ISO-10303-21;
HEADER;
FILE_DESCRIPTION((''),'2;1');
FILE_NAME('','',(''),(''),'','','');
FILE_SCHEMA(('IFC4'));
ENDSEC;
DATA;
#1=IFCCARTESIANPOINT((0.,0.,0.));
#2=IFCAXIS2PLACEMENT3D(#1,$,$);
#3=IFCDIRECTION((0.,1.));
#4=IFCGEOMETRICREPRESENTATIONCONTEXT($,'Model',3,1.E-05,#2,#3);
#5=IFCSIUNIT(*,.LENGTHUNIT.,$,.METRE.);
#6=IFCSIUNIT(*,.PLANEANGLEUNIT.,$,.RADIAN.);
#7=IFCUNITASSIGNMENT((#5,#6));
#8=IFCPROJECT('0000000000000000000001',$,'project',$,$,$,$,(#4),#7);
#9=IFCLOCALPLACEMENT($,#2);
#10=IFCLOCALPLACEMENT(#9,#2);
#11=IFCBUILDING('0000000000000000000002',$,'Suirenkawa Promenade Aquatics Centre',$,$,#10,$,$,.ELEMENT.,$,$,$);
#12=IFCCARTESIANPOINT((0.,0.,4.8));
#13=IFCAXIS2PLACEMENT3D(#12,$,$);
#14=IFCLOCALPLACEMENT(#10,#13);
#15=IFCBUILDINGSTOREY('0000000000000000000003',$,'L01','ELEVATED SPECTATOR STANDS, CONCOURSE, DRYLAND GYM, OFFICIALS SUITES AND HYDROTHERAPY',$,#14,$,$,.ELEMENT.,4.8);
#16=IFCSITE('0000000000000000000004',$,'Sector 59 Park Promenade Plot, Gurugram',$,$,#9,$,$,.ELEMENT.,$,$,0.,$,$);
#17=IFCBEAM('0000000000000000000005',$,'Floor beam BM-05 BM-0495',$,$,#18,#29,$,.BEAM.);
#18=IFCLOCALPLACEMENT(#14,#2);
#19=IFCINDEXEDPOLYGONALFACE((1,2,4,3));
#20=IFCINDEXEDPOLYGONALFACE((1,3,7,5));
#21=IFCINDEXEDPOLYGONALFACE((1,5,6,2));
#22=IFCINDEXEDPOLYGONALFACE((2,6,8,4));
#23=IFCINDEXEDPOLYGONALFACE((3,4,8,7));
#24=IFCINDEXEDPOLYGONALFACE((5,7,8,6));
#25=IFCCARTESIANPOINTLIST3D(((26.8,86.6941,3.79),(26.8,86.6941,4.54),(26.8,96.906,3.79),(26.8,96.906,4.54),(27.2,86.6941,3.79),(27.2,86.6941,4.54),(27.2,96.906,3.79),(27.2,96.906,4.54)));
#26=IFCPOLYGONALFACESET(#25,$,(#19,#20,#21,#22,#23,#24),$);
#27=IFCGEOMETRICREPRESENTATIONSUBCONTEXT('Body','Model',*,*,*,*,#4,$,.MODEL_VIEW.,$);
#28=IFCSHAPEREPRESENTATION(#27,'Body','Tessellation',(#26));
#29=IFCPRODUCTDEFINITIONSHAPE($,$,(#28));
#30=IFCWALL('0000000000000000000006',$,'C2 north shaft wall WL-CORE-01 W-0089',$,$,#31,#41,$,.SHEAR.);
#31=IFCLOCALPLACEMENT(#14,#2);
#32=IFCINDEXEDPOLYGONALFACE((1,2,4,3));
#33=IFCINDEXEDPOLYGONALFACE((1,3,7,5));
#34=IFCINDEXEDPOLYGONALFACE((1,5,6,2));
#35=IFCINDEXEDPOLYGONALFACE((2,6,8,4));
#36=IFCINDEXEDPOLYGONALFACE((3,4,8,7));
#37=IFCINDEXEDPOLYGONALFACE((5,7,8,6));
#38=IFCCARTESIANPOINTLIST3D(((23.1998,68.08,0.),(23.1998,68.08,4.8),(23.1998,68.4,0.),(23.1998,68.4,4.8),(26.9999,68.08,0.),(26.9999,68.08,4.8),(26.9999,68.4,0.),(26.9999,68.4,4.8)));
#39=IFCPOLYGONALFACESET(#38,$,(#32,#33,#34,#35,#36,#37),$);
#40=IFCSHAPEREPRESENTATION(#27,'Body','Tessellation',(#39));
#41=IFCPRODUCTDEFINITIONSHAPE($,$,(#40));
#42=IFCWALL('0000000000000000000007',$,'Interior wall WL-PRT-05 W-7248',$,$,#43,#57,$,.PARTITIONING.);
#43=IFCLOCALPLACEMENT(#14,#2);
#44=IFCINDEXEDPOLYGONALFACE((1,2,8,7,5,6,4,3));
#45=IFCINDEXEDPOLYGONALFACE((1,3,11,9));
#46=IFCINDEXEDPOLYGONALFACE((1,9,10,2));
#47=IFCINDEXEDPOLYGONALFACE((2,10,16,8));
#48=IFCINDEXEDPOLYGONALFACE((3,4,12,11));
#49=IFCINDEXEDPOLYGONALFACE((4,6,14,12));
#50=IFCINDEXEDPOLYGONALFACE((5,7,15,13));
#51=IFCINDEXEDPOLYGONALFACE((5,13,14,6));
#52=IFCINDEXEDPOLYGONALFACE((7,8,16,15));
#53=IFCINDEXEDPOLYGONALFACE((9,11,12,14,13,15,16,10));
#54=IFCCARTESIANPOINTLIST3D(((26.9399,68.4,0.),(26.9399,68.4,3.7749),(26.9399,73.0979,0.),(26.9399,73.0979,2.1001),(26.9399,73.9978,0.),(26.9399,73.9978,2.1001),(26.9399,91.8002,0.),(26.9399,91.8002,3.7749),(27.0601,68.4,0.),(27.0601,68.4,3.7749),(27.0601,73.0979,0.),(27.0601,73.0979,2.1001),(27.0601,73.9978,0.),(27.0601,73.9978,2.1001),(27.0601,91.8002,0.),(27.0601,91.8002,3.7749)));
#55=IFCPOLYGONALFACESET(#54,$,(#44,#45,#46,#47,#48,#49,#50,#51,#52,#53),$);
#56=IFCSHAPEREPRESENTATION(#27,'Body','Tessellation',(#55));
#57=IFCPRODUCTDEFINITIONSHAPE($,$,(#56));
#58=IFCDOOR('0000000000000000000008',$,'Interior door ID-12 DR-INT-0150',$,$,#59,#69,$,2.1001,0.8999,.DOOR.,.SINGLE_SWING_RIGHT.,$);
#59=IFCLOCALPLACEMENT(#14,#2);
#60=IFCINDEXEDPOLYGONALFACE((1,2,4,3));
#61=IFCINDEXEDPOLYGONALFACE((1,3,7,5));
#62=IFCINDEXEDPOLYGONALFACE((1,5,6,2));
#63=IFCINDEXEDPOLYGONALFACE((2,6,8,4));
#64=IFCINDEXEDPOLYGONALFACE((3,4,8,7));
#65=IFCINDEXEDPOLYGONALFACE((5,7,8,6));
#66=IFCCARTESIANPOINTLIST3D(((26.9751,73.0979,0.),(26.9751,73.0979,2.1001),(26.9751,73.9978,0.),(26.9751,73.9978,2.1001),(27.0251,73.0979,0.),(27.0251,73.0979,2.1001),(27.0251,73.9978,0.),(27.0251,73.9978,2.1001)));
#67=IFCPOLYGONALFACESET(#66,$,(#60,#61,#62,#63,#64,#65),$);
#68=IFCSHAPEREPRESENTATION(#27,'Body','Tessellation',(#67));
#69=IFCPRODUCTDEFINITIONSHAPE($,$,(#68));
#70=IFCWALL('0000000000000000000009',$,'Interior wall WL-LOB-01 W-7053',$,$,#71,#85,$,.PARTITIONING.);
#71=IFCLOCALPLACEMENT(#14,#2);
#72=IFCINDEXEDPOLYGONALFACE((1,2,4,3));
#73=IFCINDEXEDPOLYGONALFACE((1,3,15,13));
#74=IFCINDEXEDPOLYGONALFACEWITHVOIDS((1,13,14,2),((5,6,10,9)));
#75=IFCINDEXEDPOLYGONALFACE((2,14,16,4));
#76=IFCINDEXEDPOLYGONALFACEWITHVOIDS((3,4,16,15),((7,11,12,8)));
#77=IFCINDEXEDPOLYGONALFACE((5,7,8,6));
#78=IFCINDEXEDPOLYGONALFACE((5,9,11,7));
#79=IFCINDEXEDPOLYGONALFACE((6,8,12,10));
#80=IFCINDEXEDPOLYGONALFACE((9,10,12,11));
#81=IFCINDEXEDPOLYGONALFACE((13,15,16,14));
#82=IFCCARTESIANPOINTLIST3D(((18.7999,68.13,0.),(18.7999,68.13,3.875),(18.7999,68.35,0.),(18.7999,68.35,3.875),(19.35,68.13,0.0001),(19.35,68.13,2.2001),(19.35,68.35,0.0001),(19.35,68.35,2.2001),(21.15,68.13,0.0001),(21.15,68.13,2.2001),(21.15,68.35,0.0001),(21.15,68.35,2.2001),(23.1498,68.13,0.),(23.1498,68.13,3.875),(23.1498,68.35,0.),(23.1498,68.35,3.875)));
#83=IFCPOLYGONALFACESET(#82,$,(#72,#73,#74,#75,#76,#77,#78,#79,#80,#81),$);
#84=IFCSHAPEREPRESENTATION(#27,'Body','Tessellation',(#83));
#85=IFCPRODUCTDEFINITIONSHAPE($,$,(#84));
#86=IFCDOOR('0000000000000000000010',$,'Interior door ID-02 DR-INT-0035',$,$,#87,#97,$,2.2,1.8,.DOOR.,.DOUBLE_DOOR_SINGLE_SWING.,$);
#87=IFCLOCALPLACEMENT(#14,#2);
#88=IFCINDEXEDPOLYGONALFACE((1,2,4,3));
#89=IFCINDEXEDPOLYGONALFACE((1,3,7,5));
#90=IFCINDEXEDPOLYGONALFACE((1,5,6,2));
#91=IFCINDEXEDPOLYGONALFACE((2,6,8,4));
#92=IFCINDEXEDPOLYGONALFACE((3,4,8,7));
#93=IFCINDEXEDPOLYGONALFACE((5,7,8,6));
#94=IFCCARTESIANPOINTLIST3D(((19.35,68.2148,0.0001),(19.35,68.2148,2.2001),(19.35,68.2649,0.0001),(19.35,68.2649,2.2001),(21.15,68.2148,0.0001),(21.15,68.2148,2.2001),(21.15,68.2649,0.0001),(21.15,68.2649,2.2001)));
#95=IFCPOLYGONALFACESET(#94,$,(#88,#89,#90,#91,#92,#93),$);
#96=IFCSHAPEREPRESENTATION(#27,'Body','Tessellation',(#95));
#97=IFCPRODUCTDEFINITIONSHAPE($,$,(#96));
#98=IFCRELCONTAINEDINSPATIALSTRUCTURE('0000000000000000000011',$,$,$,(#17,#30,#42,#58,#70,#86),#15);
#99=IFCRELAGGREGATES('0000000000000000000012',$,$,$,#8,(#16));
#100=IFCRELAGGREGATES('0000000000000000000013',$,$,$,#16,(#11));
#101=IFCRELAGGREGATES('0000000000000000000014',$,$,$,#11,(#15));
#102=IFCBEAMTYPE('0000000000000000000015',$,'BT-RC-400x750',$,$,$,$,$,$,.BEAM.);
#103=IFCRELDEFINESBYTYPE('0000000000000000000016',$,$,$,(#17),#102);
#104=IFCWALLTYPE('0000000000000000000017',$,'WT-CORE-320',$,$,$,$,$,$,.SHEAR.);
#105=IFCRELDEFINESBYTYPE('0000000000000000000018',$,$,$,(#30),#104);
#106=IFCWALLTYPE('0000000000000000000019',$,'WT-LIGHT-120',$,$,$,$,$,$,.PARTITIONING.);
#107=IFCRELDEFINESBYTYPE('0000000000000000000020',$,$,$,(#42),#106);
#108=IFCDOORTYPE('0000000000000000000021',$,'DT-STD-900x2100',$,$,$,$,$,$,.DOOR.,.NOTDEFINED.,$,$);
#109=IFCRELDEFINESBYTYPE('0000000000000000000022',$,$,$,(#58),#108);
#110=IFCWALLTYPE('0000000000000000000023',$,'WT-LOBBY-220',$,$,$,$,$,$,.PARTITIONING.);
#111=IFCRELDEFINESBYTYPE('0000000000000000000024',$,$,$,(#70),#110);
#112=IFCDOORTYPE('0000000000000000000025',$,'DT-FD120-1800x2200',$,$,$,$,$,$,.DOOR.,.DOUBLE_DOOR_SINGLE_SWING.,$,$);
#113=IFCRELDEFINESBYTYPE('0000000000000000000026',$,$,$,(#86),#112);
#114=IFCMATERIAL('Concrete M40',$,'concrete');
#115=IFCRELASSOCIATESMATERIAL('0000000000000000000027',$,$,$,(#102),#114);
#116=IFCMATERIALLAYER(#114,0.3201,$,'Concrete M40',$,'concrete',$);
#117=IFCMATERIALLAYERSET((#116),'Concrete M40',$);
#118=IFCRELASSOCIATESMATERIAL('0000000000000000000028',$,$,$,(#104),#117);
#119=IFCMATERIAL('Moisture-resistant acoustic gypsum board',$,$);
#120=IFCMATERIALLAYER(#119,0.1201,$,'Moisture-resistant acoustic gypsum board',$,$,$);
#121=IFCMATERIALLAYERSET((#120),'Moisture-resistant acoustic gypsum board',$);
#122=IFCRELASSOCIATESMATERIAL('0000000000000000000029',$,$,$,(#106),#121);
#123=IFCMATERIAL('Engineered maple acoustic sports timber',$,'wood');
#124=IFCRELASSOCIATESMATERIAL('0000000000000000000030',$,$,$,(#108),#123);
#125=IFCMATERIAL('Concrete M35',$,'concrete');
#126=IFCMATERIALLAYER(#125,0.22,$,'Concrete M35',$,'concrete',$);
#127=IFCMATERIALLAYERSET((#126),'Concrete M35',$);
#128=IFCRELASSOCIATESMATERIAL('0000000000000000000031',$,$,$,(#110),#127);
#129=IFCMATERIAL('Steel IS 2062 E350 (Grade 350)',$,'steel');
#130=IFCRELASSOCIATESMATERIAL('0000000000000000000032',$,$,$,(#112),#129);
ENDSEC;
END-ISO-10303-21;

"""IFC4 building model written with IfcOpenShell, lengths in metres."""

from ifc_helpers import new_model, si_unit, direction, frame, frame_2d, origin, origin_2d, place, context, subcontext, project, spatial, rectangle, extrude, material, layer, layer_set, material_profile, profile_set, type_object, element, fill, save


model = new_model("IFC4")

# Units and contexts
model_context = context("Model", 3, precision=1e-05, world=origin(), true_north=direction((0.0, 1.0)))
body_context = subcontext(model_context, "Body", "Model", "MODEL_VIEW")
ifc_project = project(units=[si_unit("LENGTHUNIT", "METRE"), si_unit("PLANEANGLEUNIT", "RADIAN")], contexts=[model_context])

# Site, building, storey
site_placement = place(None, origin())
site = spatial("IfcSite", under=ifc_project, at=site_placement, Name="Sector 59 Park Promenade Plot, Gurugram", CompositionType="ELEMENT", RefElevation=0.0)
building_placement = place(site_placement, origin())
building = spatial("IfcBuilding", under=site, at=building_placement, Name="Suirenkawa Promenade Aquatics Centre", CompositionType="ELEMENT")
storey_placement = place(building_placement, frame((0.0, 0.0, 4.8)))
storey = spatial("IfcBuildingStorey", under=building, at=storey_placement, Name="L01", Description="ELEVATED SPECTATOR STANDS, CONCOURSE, DRYLAND GYM, OFFICIALS SUITES AND HYDROTHERAPY", CompositionType="ELEMENT", Elevation=4.8)

# Shared definitions
ifc_material_1 = material(Name="Concrete M40", Category="concrete")

# Beam
ifc_material_2 = material(Name="Steel IS 2062 E350 (Grade 350)", Category="steel")
ifc_material_3 = material(Name="Concrete M35", Category="concrete")
ifc_material_profile_1 = material_profile(ifc_material_1, rectangle(XDim=0.3999, YDim=0.75, at=origin_2d()), Name="RC BM 400x750", Category="concrete")
ifc_profile_set_1 = profile_set([ifc_material_profile_1], Name="Concrete M40")
beam_type_1 = type_object("IfcBeamType", Name="BT-RC-400x750", PredefinedType="BEAM", material=ifc_profile_set_1)
beam_1_placement = place(storey_placement, frame((27.0, 86.6941, 4.165), z_axis=(0.0, 1.0, 0.0), x_axis=(-1.0, 0.0, 0.0)))
element("IfcBeam", 1, at=beam_1_placement, inside=storey, type_object=beam_type_1, Name="Floor beam BM-05 BM-0495", PredefinedType="BEAM", context=body_context, shape_type="SweptSolid", body=[
    extrude(rectangle(XDim=0.3999, YDim=0.75, at=origin_2d()), origin(), (0.0, 0.0, 1.0), 10.2119),
])

# Wall
ifc_layer_1 = layer(ifc_material_1, 0.3201, Name="Concrete M40", Category="concrete")
ifc_layer_set_1 = layer_set([ifc_layer_1], Name="Concrete M40")
wall_type_1 = type_object("IfcWallType", Name="WT-CORE-320", PredefinedType="SHEAR", material=ifc_layer_set_1)
wall_1_placement = place(storey_placement, frame((23.2, 68.24, 0.0), z_axis=(0.0, 0.0, 1.0), x_axis=(1.0, 0.0, 0.0)))
element("IfcWall", 2, at=wall_1_placement, inside=storey, type_object=wall_type_1, Name="C2 north shaft wall WL-CORE-01 W-0089", PredefinedType="SHEAR", context=body_context, shape_type="SweptSolid", body=[
    extrude(rectangle(XDim=3.8, YDim=0.3201, at=frame_2d((1.8999, 0.0))), origin(), (0.0, 0.0, 1.0), 4.8),
])

# Walls, openings, doors
ifc_material_4 = material(Name="Moisture-resistant acoustic gypsum board")
ifc_layer_2 = layer(ifc_material_4, 0.1201, Name="Moisture-resistant acoustic gypsum board")
ifc_layer_set_2 = layer_set([ifc_layer_2], Name="Moisture-resistant acoustic gypsum board")
wall_type_2 = type_object("IfcWallType", Name="WT-LIGHT-120", PredefinedType="PARTITIONING", material=ifc_layer_set_2)
wall_2_placement = place(storey_placement, frame((27.0, 68.3999, 0.0), z_axis=(0.0, 0.0, 1.0), x_axis=(0.0, 1.0, 0.0)))
wall_2 = element("IfcWall", 3, at=wall_2_placement, inside=storey, type_object=wall_type_2, Name="Interior wall WL-PRT-05 W-7248", PredefinedType="PARTITIONING", context=body_context, shape_type="SweptSolid", body=[
    extrude(rectangle(XDim=23.4001, YDim=0.1201, at=frame_2d((11.7002, 0.0))), origin(), (0.0, 0.0, 1.0), 3.7749),
])
opening_1_placement = place(wall_2_placement, frame((4.698, 0.0, 0.0)))
opening_1 = element("IfcOpeningElement", 4, at=opening_1_placement, cuts=wall_2, PredefinedType="OPENING", context=body_context, shape_type="SweptSolid", body=[
    extrude(rectangle(XDim=0.8999, YDim=2.1001, at=frame_2d((0.45, 1.05))), frame((0.0, 0.0701, 0.0), z_axis=(0.0, -1.0, 0.0), x_axis=(1.0, 0.0, 0.0)), (0.0, 0.0, 1.0), 0.1401),
])
ifc_material_5 = material(Name="Engineered maple acoustic sports timber", Category="wood")
door_type_1 = type_object("IfcDoorType", Name="DT-STD-900x2100", OperationType="NOTDEFINED", PredefinedType="DOOR", material=ifc_material_5)
door_1_placement = place(opening_1_placement, origin())
door_1 = element("IfcDoor", 5, at=door_1_placement, inside=storey, type_object=door_type_1, Name="Interior door ID-12 DR-INT-0150", OperationType="SINGLE_SWING_RIGHT", OverallHeight=2.1001, OverallWidth=0.8999, PredefinedType="DOOR", context=body_context, shape_type="SweptSolid", body=[
    extrude(rectangle(XDim=0.8999, YDim=2.1001, at=frame_2d((0.45, 1.05))), frame((0.0, 0.0249, 0.0), z_axis=(0.0, -1.0, 0.0), x_axis=(1.0, 0.0, 0.0)), (0.0, 0.0, 1.0), 0.05),
])
fill(opening_1, door_1)
ifc_layer_3 = layer(ifc_material_3, 0.22, Name="Concrete M35", Category="concrete")
ifc_layer_set_3 = layer_set([ifc_layer_3], Name="Concrete M35")
wall_type_3 = type_object("IfcWallType", Name="WT-LOBBY-220", PredefinedType="PARTITIONING", material=ifc_layer_set_3)
wall_3_placement = place(storey_placement, frame((18.8, 68.24, 0.0), z_axis=(0.0, 0.0, 1.0), x_axis=(1.0, 0.0, 0.0)))
wall_3 = element("IfcWall", 6, at=wall_3_placement, inside=storey, type_object=wall_type_3, Name="Interior wall WL-LOB-01 W-7053", PredefinedType="PARTITIONING", context=body_context, shape_type="SweptSolid", body=[
    extrude(rectangle(XDim=4.3499, YDim=0.22, at=frame_2d((2.1748, 0.0))), origin(), (0.0, 0.0, 1.0), 3.875),
])
opening_2_placement = place(wall_3_placement, frame((0.55, 0.0, 0.0)))
opening_2 = element("IfcOpeningElement", 7, at=opening_2_placement, cuts=wall_3, PredefinedType="OPENING", context=body_context, shape_type="SweptSolid", body=[
    extrude(rectangle(XDim=1.8, YDim=2.2, at=frame_2d((0.8999, 1.1001))), frame((0.0, 0.1199, 0.0), z_axis=(0.0, -1.0, 0.0), x_axis=(1.0, 0.0, 0.0)), (0.0, 0.0, 1.0), 0.24),
])
door_type_2 = type_object("IfcDoorType", Name="DT-FD120-1800x2200", OperationType="DOUBLE_DOOR_SINGLE_SWING", PredefinedType="DOOR", material=ifc_material_2)
door_2_placement = place(opening_2_placement, origin())
door_2 = element("IfcDoor", 8, at=door_2_placement, inside=storey, type_object=door_type_2, Name="Interior door ID-02 DR-INT-0035", OperationType="DOUBLE_DOOR_SINGLE_SWING", OverallHeight=2.2, OverallWidth=1.8, PredefinedType="DOOR", context=body_context, shape_type="SweptSolid", body=[
    extrude(rectangle(XDim=1.8, YDim=2.2, at=frame_2d((0.8999, 1.1001))), frame((0.0, 0.0249, 0.0), z_axis=(0.0, -1.0, 0.0), x_axis=(1.0, 0.0, 0.0)), (0.0, 0.0, 1.0), 0.05),
])
fill(opening_2, door_2)

save(model, "model.ifc")
